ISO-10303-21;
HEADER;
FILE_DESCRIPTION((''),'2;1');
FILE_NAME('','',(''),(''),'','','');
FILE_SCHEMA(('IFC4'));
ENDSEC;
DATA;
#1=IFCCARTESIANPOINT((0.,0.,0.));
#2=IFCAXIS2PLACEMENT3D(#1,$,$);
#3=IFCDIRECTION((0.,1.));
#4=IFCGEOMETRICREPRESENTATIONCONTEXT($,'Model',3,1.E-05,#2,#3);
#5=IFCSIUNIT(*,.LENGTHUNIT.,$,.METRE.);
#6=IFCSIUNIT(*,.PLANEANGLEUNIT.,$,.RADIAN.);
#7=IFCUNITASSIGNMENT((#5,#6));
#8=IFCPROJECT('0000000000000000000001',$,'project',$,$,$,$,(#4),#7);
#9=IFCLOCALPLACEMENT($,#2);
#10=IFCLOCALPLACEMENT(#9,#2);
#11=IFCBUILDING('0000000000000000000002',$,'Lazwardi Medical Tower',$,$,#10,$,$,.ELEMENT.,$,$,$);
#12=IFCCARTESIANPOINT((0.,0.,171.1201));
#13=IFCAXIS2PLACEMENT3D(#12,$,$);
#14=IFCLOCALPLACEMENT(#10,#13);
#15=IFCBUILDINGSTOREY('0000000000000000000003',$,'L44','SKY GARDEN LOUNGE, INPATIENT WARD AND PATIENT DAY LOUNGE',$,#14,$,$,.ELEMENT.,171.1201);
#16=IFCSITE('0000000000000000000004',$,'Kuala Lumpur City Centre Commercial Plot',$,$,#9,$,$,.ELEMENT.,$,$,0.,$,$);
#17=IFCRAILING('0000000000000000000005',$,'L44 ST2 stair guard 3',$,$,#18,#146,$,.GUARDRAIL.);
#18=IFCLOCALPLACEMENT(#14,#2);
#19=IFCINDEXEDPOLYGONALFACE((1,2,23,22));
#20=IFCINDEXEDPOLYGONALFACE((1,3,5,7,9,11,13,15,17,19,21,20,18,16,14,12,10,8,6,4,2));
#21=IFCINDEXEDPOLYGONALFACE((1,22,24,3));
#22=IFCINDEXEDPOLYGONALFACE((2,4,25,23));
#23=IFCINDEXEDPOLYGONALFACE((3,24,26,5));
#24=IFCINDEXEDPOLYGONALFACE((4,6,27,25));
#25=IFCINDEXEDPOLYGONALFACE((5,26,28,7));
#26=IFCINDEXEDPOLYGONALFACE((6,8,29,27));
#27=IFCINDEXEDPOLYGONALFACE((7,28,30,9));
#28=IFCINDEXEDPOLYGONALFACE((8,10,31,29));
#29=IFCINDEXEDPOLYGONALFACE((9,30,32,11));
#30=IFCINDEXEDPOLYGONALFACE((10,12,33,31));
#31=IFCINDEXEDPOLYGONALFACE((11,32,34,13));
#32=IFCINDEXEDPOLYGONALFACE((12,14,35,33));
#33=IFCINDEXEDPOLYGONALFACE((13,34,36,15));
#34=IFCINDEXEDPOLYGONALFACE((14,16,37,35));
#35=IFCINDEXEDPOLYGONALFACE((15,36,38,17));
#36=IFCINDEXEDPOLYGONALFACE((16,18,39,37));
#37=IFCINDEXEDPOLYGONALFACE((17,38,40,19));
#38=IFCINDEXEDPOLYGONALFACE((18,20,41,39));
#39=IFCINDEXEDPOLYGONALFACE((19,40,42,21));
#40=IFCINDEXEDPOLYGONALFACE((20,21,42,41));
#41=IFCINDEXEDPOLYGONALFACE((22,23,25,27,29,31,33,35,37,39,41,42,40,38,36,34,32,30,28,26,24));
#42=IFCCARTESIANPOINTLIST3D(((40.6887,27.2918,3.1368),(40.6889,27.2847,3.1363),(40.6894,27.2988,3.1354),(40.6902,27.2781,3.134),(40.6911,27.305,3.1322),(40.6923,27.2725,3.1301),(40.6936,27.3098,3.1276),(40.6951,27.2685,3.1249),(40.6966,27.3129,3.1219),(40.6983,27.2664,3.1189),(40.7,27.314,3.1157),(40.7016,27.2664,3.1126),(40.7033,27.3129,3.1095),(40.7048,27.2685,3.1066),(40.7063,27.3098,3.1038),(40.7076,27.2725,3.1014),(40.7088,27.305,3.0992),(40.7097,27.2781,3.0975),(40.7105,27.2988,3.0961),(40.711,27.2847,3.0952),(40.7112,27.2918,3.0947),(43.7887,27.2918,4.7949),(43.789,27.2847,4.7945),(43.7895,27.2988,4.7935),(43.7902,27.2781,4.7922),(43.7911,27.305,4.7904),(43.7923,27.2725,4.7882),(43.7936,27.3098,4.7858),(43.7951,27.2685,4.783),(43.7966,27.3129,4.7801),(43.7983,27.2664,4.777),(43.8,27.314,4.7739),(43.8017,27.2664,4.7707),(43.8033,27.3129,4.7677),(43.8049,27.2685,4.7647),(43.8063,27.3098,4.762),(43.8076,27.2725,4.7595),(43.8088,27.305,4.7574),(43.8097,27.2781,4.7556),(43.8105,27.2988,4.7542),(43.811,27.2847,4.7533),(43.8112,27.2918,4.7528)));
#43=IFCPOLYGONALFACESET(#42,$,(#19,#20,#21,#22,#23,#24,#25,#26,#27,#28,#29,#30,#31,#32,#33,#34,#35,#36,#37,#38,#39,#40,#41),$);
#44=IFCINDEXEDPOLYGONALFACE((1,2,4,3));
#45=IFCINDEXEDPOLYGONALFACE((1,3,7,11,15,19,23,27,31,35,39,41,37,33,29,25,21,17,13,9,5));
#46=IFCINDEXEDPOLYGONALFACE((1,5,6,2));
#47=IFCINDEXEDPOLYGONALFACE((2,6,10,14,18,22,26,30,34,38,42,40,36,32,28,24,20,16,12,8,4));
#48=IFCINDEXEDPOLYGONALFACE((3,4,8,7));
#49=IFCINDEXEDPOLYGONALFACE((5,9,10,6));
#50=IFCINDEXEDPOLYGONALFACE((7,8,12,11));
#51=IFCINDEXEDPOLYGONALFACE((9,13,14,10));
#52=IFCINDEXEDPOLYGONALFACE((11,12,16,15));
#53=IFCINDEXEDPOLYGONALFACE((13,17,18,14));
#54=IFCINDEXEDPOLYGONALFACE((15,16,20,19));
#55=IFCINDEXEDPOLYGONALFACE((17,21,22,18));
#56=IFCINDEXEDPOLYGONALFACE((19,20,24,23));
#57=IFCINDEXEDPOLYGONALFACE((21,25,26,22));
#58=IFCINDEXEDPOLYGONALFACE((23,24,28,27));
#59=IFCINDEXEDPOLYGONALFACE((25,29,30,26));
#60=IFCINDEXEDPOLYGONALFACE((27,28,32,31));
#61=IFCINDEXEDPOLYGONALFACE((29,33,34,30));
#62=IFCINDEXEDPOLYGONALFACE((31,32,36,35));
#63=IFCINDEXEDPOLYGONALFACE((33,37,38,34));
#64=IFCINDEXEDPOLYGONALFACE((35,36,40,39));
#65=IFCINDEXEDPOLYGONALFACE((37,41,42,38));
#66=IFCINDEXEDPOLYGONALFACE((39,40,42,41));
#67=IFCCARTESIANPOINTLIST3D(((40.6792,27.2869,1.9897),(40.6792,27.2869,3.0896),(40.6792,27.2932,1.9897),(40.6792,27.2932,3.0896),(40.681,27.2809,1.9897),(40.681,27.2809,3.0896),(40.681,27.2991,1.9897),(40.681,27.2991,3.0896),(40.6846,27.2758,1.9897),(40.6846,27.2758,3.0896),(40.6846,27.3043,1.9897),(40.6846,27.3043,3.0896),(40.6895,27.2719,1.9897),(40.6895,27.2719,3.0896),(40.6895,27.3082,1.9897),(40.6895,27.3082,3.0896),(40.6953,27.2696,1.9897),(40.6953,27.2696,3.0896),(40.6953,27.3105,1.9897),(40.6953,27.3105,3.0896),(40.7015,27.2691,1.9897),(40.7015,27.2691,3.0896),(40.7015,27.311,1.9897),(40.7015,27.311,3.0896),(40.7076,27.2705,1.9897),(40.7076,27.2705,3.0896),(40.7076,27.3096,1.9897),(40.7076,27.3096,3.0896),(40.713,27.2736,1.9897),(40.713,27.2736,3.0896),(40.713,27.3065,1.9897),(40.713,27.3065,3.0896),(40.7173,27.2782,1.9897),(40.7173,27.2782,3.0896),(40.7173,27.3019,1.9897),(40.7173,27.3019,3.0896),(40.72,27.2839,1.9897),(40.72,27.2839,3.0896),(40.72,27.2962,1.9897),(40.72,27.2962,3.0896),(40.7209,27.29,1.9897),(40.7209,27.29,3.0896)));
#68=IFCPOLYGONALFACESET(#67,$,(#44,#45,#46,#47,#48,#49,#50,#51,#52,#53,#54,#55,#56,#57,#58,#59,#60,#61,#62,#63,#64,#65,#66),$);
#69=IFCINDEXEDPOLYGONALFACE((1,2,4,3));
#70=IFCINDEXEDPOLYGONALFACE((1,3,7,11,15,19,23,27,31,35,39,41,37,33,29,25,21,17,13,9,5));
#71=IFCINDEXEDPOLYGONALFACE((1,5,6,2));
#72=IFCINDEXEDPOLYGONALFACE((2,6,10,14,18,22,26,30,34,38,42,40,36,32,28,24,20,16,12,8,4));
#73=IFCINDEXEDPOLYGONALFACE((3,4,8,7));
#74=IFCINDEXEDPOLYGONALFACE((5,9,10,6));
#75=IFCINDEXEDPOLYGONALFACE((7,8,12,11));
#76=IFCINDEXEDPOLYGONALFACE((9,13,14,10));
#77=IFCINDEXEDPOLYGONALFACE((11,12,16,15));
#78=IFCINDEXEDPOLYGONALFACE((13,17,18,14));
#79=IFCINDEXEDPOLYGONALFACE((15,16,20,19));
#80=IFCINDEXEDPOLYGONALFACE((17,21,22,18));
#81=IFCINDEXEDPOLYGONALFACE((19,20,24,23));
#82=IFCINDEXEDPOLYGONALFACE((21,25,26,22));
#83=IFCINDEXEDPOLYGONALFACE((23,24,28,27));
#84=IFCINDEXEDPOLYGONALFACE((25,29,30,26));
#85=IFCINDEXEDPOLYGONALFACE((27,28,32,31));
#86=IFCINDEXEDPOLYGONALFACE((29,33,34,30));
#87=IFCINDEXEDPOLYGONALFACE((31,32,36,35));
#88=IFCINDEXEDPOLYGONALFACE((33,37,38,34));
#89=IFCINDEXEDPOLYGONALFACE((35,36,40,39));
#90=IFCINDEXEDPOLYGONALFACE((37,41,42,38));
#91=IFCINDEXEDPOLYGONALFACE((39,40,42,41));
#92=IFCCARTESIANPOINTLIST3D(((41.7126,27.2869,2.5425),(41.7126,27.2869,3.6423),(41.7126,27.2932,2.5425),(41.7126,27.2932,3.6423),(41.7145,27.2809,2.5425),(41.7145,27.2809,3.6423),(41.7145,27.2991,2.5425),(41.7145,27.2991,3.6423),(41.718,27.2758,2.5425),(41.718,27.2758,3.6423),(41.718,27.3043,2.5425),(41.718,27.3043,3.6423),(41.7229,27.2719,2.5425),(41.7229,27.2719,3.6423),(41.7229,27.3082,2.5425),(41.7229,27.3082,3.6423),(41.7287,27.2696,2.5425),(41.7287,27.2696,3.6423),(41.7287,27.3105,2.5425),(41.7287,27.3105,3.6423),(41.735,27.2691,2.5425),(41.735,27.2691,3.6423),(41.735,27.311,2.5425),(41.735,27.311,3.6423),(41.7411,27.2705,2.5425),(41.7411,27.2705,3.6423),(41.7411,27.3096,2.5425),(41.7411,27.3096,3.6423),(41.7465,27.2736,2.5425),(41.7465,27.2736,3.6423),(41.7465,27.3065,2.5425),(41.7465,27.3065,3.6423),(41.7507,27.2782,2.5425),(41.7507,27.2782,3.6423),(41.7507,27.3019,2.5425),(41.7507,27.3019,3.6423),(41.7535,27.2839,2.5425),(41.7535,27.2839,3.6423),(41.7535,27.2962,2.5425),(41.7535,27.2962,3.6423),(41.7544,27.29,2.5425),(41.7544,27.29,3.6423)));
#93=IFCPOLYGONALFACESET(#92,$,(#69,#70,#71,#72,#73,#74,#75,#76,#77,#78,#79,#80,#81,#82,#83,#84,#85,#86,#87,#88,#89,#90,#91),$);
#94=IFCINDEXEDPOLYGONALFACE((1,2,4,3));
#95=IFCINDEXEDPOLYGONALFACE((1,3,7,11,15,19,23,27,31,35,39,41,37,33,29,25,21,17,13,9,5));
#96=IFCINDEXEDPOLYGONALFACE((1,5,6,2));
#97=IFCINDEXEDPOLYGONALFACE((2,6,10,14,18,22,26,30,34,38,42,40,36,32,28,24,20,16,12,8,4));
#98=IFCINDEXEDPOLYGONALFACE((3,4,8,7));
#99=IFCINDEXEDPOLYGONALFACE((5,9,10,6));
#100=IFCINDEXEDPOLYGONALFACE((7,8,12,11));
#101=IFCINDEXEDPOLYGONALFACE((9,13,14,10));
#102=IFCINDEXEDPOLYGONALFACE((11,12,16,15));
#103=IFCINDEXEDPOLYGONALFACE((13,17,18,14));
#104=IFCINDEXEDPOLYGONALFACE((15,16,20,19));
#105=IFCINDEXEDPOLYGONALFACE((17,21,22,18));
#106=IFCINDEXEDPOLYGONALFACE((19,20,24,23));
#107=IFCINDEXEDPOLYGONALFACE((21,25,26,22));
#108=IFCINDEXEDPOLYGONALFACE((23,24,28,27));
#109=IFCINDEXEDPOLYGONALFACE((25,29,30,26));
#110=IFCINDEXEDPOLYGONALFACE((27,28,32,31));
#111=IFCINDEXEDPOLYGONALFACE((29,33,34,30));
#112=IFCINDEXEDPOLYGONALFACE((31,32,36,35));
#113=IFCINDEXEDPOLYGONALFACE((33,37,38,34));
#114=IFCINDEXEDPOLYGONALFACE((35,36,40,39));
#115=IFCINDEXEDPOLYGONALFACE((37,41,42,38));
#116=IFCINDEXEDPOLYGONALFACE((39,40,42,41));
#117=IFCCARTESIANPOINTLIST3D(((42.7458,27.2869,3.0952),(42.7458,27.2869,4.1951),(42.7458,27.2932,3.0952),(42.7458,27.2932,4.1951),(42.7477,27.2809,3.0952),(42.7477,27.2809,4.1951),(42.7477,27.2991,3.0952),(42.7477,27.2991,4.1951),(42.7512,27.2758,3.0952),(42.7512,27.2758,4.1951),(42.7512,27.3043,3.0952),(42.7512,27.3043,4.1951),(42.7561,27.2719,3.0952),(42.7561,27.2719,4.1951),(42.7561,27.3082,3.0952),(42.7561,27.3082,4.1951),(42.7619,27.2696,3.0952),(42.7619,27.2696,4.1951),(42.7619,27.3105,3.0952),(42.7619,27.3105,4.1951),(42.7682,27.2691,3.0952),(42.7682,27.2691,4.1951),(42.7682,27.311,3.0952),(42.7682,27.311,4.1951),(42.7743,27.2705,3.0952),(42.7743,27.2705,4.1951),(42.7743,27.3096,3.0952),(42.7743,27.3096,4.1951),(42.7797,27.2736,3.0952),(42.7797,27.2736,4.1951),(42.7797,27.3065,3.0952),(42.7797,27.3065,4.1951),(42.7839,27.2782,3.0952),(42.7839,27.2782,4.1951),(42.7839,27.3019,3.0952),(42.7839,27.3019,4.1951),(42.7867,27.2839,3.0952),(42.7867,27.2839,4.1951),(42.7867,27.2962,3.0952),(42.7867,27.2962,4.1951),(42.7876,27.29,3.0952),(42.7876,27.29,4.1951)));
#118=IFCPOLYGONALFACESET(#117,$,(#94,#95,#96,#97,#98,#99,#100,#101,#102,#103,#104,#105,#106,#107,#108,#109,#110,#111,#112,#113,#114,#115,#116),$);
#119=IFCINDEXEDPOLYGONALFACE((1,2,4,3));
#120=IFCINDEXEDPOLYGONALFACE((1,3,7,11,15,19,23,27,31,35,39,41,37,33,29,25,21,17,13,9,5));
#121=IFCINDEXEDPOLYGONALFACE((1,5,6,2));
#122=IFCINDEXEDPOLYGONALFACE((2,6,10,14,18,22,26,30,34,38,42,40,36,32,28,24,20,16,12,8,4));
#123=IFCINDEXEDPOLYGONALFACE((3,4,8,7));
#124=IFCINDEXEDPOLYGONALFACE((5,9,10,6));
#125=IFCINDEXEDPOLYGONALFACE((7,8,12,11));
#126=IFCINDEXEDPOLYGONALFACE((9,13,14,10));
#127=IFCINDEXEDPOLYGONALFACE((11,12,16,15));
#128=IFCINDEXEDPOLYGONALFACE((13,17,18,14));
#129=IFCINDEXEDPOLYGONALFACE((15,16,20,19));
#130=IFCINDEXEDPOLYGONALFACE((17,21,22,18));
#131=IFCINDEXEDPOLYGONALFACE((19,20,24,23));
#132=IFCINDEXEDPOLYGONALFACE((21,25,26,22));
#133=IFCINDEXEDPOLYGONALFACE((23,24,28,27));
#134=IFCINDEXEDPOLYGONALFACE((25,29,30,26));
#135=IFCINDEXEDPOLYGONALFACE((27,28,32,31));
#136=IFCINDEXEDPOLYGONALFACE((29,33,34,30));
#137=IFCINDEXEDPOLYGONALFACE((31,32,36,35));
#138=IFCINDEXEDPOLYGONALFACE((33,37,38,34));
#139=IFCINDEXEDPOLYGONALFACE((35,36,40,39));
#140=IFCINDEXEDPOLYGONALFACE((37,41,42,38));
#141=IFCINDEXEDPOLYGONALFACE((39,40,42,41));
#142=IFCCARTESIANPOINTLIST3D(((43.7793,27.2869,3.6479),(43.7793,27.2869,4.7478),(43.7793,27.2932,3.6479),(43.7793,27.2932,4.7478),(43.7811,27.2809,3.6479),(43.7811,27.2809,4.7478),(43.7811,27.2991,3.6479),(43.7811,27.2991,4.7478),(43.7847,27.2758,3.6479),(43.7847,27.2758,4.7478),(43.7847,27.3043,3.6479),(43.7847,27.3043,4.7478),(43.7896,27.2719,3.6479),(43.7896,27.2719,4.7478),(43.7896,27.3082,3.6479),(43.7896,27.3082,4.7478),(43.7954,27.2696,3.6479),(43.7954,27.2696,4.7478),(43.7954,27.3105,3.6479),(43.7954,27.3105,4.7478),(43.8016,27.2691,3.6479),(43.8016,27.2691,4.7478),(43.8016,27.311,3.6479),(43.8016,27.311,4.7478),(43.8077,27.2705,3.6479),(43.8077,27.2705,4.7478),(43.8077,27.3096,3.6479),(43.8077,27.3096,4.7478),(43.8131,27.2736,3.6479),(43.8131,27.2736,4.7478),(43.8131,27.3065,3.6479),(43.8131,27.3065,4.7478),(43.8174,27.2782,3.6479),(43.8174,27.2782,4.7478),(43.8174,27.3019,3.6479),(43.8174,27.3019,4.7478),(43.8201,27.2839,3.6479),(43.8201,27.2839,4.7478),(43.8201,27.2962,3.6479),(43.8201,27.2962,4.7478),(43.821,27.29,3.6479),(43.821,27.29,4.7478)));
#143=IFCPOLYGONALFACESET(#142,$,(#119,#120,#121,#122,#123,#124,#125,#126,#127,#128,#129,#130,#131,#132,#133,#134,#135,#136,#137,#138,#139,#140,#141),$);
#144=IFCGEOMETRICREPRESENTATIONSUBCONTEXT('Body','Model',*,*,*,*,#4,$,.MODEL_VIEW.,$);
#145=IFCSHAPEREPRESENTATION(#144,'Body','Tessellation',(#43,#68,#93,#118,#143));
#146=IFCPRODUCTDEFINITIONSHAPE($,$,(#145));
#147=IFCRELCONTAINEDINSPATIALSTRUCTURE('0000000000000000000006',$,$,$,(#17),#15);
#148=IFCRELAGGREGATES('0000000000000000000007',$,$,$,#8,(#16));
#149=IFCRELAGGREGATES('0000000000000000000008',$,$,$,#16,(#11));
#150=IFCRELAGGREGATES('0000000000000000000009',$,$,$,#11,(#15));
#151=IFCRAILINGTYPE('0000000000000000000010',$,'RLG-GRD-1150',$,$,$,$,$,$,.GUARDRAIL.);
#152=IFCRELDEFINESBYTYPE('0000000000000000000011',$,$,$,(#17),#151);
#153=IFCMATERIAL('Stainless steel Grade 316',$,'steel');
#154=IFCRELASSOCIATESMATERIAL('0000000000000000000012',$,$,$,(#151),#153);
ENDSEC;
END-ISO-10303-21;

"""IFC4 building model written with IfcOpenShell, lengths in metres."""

from ifc_helpers import new_model, si_unit, direction, frame, origin, origin_2d, place, context, subcontext, project, spatial, circle, extrude, material, type_object, element, save


model = new_model("IFC4")

# Units and contexts
model_context = context("Model", 3, precision=1e-05, world=origin(), true_north=direction((0.0, 1.0)))
body_context = subcontext(model_context, "Body", "Model", "MODEL_VIEW")
ifc_project = project(units=[si_unit("LENGTHUNIT", "METRE"), si_unit("PLANEANGLEUNIT", "RADIAN")], contexts=[model_context])

# Site, building, storey
site_placement = place(None, origin())
site = spatial("IfcSite", under=ifc_project, at=site_placement, Name="Kuala Lumpur City Centre Commercial Plot", CompositionType="ELEMENT", RefElevation=0.0)
building_placement = place(site_placement, origin())
building = spatial("IfcBuilding", under=site, at=building_placement, Name="Lazwardi Medical Tower", CompositionType="ELEMENT")
storey_placement = place(building_placement, frame((0.0, 0.0, 171.1201)))
storey = spatial("IfcBuildingStorey", under=building, at=storey_placement, Name="L44", Description="SKY GARDEN LOUNGE, INPATIENT WARD AND PATIENT DAY LOUNGE", CompositionType="ELEMENT", Elevation=171.1201)

# Railing
ifc_material_1 = material(Name="Stainless steel Grade 316", Category="steel")
railing_type_1 = type_object("IfcRailingType", Name="RLG-GRD-1150", PredefinedType="GUARDRAIL", material=ifc_material_1)
railing_1_placement = place(storey_placement, frame((40.7, 27.29, 1.9897)))
element("IfcRailing", 1, at=railing_1_placement, inside=storey, type_object=railing_type_1, Name="L44 ST2 stair guard 3", PredefinedType="GUARDRAIL", context=body_context, shape_type="SweptSolid", body=[
    extrude(circle(Radius=0.0239, at=origin_2d()), frame((0.0, 0.0, 1.126), z_axis=(0.881783, 0.0, 0.471655), x_axis=(0.0, 1.0, 0.0)), (0.0, 0.0, 1.0), 3.5156),
    extrude(circle(Radius=0.021, at=origin_2d()), origin(), (0.0, 0.0, 1.0), 1.0999),
    extrude(circle(Radius=0.021, at=origin_2d()), frame((1.0334, 0.0, 0.5527)), (0.0, 0.0, 1.0), 1.0999),
    extrude(circle(Radius=0.021, at=origin_2d()), frame((2.0667, 0.0, 1.1055)), (0.0, 0.0, 1.0), 1.0999),
    extrude(circle(Radius=0.021, at=origin_2d()), frame((3.1001, 0.0, 1.6582)), (0.0, 0.0, 1.0), 1.0999),
])

save(model, "model.ifc")
